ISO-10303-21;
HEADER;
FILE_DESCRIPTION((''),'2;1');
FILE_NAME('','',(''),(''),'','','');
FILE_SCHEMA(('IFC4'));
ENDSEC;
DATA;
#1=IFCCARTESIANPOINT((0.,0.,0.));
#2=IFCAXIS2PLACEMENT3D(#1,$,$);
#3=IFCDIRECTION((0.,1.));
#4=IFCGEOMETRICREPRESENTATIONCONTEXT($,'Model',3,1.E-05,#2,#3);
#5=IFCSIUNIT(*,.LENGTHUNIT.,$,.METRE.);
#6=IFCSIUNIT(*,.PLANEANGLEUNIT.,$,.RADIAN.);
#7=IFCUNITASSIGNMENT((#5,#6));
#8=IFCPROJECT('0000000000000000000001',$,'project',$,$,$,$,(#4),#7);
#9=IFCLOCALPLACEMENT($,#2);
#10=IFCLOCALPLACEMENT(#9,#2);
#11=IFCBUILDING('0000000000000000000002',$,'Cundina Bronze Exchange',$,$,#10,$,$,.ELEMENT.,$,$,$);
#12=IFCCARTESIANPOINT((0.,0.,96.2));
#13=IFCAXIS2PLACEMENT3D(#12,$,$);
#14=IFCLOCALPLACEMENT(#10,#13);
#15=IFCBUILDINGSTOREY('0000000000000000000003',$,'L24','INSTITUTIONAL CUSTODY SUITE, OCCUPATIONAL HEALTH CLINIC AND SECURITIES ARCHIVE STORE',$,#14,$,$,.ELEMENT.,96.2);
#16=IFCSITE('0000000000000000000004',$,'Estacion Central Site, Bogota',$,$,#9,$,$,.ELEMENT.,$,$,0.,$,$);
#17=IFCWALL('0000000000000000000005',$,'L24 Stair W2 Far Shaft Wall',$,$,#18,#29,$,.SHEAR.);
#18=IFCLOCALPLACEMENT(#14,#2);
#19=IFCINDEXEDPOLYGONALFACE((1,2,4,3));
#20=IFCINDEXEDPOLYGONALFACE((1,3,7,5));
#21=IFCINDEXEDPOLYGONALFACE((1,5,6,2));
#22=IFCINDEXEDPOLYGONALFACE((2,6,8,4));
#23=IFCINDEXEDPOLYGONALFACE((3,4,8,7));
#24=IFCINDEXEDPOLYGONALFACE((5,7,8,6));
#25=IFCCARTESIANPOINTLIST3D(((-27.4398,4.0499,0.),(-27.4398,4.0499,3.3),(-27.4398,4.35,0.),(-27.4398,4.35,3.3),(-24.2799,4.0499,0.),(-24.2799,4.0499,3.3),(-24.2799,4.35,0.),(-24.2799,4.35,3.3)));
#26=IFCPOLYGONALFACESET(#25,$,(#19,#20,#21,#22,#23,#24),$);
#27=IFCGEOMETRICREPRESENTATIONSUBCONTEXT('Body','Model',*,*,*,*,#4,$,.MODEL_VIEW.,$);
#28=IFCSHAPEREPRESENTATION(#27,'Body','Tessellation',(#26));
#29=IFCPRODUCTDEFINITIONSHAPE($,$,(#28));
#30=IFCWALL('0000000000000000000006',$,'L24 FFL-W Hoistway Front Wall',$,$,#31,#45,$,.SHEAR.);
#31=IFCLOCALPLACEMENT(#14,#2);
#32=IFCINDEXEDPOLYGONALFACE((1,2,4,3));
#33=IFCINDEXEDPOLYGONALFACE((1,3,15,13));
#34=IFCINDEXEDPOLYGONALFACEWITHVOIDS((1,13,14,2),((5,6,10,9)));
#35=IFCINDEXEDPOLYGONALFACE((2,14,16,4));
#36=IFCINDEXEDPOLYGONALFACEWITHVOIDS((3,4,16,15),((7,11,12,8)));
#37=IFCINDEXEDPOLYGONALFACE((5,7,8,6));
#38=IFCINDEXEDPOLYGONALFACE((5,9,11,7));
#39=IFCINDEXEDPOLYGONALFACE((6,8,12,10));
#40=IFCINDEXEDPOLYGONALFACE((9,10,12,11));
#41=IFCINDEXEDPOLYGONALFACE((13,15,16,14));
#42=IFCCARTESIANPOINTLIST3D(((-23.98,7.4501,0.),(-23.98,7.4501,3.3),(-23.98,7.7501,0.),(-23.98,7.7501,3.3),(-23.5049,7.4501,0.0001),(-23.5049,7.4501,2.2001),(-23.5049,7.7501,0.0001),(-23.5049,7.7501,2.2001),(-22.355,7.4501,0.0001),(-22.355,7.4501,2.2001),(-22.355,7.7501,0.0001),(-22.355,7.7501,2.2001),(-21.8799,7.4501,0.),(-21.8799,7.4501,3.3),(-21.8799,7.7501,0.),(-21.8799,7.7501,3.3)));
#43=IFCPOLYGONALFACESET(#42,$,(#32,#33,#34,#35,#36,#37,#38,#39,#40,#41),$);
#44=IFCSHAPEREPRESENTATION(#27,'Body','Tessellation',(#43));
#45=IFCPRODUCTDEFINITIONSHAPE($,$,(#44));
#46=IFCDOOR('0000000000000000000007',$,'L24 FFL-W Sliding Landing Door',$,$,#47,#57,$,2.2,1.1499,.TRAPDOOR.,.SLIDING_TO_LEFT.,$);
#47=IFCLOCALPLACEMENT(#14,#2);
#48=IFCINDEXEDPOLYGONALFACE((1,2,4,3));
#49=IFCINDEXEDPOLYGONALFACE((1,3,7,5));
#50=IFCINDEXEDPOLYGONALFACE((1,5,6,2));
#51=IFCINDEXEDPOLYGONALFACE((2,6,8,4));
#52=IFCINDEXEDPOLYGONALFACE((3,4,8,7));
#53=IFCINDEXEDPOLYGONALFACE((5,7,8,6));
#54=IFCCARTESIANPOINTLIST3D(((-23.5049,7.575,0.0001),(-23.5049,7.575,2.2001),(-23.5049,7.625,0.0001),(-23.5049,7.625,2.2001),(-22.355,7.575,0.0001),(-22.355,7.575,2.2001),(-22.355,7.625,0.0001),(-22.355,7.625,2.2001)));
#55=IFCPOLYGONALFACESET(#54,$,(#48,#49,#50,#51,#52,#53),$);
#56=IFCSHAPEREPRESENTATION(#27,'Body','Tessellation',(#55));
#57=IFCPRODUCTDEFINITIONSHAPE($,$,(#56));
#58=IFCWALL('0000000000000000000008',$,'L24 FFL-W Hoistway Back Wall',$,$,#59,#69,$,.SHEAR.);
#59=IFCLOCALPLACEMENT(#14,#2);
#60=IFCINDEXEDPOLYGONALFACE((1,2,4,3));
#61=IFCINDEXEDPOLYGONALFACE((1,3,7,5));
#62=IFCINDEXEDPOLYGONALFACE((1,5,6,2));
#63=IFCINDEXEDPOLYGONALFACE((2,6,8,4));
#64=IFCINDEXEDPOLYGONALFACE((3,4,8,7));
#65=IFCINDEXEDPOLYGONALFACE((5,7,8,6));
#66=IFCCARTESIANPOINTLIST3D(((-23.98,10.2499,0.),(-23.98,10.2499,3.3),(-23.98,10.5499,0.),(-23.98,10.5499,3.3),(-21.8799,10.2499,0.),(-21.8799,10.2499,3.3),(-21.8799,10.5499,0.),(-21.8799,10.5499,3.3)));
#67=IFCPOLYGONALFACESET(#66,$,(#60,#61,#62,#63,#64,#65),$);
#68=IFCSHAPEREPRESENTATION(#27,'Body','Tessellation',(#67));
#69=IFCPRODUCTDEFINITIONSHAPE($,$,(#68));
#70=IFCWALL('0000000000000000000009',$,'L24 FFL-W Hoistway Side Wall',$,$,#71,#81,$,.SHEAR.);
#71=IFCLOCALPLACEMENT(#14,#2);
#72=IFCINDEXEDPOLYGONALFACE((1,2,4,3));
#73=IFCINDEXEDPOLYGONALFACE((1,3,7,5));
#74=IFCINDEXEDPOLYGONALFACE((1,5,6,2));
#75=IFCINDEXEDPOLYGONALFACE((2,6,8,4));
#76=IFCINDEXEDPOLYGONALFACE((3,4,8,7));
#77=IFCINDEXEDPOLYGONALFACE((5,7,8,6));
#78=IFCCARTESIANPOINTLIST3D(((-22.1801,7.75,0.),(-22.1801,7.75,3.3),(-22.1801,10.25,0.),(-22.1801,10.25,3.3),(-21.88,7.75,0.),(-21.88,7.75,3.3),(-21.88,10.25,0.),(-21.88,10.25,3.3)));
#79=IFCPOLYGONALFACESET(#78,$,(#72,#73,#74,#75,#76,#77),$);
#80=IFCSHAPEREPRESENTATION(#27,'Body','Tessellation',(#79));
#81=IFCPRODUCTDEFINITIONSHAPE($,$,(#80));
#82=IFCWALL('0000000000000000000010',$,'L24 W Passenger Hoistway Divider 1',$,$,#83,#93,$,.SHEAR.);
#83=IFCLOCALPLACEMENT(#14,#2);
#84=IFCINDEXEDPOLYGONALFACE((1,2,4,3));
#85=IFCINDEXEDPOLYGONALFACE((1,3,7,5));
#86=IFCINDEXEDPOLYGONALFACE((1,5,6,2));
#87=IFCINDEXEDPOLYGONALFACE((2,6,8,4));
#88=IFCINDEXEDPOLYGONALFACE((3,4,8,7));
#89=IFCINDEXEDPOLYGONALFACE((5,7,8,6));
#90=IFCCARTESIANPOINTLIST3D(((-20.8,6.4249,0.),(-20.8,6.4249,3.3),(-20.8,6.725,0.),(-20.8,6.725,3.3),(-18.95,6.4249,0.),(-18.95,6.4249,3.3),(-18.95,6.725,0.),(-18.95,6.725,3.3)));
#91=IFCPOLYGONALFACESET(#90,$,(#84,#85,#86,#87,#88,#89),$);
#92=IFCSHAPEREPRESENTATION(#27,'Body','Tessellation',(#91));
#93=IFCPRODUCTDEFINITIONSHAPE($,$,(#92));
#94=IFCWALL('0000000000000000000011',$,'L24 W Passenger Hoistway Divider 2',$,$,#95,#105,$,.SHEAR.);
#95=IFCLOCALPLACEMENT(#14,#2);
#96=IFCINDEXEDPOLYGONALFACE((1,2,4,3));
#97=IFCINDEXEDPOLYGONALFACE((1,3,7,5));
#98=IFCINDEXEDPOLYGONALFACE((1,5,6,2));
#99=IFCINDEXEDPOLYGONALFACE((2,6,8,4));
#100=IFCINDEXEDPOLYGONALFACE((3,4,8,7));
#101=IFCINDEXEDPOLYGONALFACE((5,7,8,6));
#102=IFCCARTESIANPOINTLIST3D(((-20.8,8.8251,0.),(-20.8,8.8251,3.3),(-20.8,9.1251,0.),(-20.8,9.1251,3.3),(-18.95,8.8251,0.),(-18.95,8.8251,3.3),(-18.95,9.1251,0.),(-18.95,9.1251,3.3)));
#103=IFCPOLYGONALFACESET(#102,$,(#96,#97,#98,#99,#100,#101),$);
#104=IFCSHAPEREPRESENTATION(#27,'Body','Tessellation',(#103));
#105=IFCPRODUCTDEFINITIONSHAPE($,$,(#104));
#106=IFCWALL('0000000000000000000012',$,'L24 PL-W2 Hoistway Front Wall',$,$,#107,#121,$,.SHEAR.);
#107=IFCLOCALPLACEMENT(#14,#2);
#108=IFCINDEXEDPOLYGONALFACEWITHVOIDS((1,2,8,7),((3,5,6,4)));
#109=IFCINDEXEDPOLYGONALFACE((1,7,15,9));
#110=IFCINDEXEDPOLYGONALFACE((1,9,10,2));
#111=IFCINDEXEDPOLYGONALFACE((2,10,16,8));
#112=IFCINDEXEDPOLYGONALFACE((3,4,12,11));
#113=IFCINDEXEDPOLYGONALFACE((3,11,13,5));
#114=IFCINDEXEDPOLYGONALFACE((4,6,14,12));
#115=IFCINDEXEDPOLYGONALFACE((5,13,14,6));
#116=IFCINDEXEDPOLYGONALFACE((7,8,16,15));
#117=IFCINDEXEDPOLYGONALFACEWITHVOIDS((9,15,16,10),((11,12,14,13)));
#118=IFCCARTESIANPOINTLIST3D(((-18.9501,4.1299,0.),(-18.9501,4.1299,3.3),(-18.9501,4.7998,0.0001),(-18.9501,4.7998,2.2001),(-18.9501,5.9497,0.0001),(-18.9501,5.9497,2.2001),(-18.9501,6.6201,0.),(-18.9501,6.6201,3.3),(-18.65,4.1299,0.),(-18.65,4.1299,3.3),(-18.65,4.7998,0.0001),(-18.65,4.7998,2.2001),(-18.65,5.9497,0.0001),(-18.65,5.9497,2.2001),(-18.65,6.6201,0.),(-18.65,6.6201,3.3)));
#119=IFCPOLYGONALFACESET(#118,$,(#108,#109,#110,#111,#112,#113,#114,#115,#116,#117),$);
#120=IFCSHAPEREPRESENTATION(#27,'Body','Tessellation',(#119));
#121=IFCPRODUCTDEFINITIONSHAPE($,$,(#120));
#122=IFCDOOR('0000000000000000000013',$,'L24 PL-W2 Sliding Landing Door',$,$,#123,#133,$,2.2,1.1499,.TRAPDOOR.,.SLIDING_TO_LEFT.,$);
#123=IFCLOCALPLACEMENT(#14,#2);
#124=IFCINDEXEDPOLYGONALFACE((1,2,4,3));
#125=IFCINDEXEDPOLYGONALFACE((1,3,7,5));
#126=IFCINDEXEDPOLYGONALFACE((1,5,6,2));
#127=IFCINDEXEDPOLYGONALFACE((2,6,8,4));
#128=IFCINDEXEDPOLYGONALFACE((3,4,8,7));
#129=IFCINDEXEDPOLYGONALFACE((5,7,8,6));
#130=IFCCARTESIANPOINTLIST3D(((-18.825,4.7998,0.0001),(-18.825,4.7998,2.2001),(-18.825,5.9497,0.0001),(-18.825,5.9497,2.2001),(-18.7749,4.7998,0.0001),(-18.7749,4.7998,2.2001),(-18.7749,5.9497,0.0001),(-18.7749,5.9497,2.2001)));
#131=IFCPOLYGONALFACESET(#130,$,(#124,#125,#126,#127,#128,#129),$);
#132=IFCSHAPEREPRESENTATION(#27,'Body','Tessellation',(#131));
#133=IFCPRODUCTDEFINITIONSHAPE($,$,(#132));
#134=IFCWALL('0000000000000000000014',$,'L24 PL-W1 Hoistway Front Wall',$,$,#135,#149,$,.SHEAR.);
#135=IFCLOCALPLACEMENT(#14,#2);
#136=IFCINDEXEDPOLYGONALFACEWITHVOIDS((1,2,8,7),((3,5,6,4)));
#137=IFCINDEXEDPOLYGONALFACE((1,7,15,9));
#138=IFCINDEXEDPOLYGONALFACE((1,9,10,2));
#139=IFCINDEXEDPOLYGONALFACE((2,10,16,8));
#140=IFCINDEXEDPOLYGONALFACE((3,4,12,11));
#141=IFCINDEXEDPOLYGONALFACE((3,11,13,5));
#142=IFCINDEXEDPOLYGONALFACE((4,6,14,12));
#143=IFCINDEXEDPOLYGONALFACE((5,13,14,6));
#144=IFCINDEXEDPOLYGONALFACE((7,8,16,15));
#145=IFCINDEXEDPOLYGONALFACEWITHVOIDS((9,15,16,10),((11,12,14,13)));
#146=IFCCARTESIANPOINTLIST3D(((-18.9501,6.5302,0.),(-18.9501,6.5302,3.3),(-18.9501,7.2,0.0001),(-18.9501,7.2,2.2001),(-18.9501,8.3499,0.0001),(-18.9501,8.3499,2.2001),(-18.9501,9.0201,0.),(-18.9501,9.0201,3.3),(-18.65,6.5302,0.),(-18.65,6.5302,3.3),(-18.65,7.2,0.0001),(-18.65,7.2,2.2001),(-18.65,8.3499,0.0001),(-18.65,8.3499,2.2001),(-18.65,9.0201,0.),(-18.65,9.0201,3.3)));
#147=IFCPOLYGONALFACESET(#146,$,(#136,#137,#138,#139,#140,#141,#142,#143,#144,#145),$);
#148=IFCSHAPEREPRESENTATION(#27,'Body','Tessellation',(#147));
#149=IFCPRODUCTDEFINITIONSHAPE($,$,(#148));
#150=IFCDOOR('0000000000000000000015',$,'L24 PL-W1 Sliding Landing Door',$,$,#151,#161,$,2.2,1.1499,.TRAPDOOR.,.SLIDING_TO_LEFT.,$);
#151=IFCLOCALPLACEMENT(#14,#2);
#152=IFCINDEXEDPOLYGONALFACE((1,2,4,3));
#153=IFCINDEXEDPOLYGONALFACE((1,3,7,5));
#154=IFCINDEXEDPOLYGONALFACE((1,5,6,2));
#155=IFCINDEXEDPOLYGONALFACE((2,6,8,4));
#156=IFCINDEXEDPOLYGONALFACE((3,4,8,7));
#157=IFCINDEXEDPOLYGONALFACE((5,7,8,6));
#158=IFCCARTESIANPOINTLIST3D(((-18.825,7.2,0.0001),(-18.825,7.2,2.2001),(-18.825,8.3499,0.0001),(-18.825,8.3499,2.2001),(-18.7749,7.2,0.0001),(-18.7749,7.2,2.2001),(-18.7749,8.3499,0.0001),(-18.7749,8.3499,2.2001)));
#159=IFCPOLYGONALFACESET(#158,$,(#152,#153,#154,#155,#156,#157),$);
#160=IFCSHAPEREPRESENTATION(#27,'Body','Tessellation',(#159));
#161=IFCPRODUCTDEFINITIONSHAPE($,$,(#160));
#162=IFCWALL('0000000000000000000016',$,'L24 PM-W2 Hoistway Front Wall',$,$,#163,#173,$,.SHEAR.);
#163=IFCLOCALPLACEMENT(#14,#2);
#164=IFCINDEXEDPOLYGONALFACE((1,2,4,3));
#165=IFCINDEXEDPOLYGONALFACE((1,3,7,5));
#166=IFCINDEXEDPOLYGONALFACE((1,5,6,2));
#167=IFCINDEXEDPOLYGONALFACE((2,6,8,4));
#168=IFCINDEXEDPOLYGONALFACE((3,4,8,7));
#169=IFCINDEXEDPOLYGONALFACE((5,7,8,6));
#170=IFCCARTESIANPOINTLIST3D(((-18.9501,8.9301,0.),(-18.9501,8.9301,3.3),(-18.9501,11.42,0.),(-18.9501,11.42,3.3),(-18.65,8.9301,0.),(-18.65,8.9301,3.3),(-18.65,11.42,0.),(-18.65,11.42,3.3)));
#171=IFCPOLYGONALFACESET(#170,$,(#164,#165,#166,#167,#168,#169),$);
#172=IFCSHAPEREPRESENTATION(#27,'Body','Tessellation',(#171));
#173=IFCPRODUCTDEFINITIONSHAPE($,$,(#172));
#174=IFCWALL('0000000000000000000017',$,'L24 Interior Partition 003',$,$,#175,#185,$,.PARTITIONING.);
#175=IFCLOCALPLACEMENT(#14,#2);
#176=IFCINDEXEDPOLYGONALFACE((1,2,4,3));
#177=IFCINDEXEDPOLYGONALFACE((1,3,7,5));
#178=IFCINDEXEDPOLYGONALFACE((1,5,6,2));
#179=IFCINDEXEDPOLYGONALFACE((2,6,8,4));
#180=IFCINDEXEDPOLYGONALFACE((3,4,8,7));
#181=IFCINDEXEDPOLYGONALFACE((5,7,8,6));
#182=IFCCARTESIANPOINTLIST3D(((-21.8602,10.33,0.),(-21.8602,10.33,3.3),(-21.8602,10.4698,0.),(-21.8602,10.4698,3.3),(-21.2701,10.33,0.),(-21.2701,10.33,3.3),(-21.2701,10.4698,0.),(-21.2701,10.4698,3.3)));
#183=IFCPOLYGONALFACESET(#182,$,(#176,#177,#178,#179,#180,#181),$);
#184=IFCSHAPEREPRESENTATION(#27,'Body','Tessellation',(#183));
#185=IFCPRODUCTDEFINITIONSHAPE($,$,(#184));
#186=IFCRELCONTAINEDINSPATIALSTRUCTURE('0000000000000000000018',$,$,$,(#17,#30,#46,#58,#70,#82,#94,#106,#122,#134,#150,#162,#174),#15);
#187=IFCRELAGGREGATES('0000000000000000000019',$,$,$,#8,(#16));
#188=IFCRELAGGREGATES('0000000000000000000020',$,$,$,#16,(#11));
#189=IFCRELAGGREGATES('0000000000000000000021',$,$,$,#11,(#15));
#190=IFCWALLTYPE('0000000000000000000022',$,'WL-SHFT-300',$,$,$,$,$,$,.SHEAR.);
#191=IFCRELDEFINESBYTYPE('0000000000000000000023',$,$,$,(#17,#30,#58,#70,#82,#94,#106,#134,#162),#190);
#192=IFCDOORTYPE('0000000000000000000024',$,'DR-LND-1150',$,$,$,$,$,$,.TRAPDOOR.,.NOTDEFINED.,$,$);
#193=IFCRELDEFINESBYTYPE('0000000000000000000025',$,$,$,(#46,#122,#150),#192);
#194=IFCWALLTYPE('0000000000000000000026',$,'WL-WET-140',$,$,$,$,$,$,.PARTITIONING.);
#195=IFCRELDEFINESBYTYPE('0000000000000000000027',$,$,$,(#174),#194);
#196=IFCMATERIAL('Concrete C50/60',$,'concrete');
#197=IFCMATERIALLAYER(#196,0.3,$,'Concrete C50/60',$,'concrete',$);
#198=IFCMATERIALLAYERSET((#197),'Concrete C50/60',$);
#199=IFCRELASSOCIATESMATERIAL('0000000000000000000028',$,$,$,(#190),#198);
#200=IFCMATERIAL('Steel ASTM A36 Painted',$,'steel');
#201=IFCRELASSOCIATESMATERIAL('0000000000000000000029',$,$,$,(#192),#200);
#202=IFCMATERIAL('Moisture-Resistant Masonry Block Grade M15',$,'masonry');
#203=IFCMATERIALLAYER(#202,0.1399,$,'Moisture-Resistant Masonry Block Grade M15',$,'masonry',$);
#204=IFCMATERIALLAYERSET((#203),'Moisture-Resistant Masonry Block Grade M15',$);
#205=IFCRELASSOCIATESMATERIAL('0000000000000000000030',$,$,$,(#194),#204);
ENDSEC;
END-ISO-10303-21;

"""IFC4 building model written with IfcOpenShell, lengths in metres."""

from ifc_helpers import new_model, si_unit, direction, frame, frame_2d, origin, place, context, subcontext, project, spatial, rectangle, extrude, material, layer, layer_set, type_object, element, fill, save


model = new_model("IFC4")

# Units and contexts
model_context = context("Model", 3, precision=1e-05, world=origin(), true_north=direction((0.0, 1.0)))
body_context = subcontext(model_context, "Body", "Model", "MODEL_VIEW")
ifc_project = project(units=[si_unit("LENGTHUNIT", "METRE"), si_unit("PLANEANGLEUNIT", "RADIAN")], contexts=[model_context])

# Site, building, storey
site_placement = place(None, origin())
site = spatial("IfcSite", under=ifc_project, at=site_placement, Name="Estacion Central Site, Bogota", CompositionType="ELEMENT", RefElevation=0.0)
building_placement = place(site_placement, origin())
building = spatial("IfcBuilding", under=site, at=building_placement, Name="Cundina Bronze Exchange", CompositionType="ELEMENT")
storey_placement = place(building_placement, frame((0.0, 0.0, 96.2)))
storey = spatial("IfcBuildingStorey", under=building, at=storey_placement, Name="L24", Description="INSTITUTIONAL CUSTODY SUITE, OCCUPATIONAL HEALTH CLINIC AND SECURITIES ARCHIVE STORE", CompositionType="ELEMENT", Elevation=96.2)

# Wall
ifc_material_1 = material(Name="Concrete C50/60", Category="concrete")
ifc_layer_1 = layer(ifc_material_1, 0.3, Name="Concrete C50/60", Category="concrete")
ifc_layer_set_1 = layer_set([ifc_layer_1], Name="Concrete C50/60")
wall_type_1 = type_object("IfcWallType", Name="WL-SHFT-300", PredefinedType="SHEAR", material=ifc_layer_set_1)
wall_1_placement = place(storey_placement, frame((-27.4399, 4.2, 0.0), z_axis=(0.0, 0.0, 1.0), x_axis=(1.0, 0.0, 0.0)))
element("IfcWall", 1, at=wall_1_placement, inside=storey, type_object=wall_type_1, Name="L24 Stair W2 Far Shaft Wall", PredefinedType="SHEAR", context=body_context, shape_type="SweptSolid", body=[
    extrude(rectangle(XDim=3.1599, YDim=0.3, at=frame_2d((1.5801, 0.0))), origin(), (0.0, 0.0, 1.0), 3.3),
])

# Wall, opening, door
wall_2_placement = place(storey_placement, frame((-23.98, 7.6001, 0.0), z_axis=(0.0, 0.0, 1.0), x_axis=(1.0, 0.0, 0.0)))
wall_2 = element("IfcWall", 2, at=wall_2_placement, inside=storey, type_object=wall_type_1, Name="L24 FFL-W Hoistway Front Wall", PredefinedType="SHEAR", context=body_context, shape_type="SweptSolid", body=[
    extrude(rectangle(XDim=2.1001, YDim=0.3, at=frame_2d((1.05, 0.0))), origin(), (0.0, 0.0, 1.0), 3.3),
])
opening_1_placement = place(wall_2_placement, frame((0.4751, 0.0, 0.0)))
opening_1 = element("IfcOpeningElement", 3, at=opening_1_placement, cuts=wall_2, PredefinedType="OPENING", context=body_context, shape_type="SweptSolid", body=[
    extrude(rectangle(XDim=1.1499, YDim=2.2, at=frame_2d((0.575, 1.1001))), frame((0.0, 0.1599, 0.0), z_axis=(0.0, -1.0, 0.0), x_axis=(1.0, 0.0, 0.0)), (0.0, 0.0, 1.0), 0.3201),
])
ifc_material_2 = material(Name="Steel ASTM A36 Painted", Category="steel")
door_type = type_object("IfcDoorType", Name="DR-LND-1150", OperationType="NOTDEFINED", PredefinedType="TRAPDOOR", material=ifc_material_2)
door_1_placement = place(opening_1_placement, origin())
door_1 = element("IfcDoor", 4, at=door_1_placement, inside=storey, type_object=door_type, Name="L24 FFL-W Sliding Landing Door", OperationType="SLIDING_TO_LEFT", OverallHeight=2.2, OverallWidth=1.1499, PredefinedType="TRAPDOOR", context=body_context, shape_type="SweptSolid", body=[
    extrude(rectangle(XDim=1.1499, YDim=2.2, at=frame_2d((0.575, 1.1001))), frame((0.0, 0.0249, 0.0), z_axis=(0.0, -1.0, 0.0), x_axis=(1.0, 0.0, 0.0)), (0.0, 0.0, 1.0), 0.05),
])
fill(opening_1, door_1)

# Walls
wall_3_placement = place(storey_placement, frame((-23.98, 10.3999, 0.0), z_axis=(0.0, 0.0, 1.0), x_axis=(1.0, 0.0, 0.0)))
element("IfcWall", 5, at=wall_3_placement, inside=storey, type_object=wall_type_1, Name="L24 FFL-W Hoistway Back Wall", PredefinedType="SHEAR", context=body_context, shape_type="SweptSolid", body=[
    extrude(rectangle(XDim=2.1001, YDim=0.3, at=frame_2d((1.05, 0.0))), origin(), (0.0, 0.0, 1.0), 3.3),
])
wall_4_placement = place(storey_placement, frame((-22.03, 7.75, 0.0), z_axis=(0.0, 0.0, 1.0), x_axis=(0.0, 1.0, 0.0)))
element("IfcWall", 6, at=wall_4_placement, inside=storey, type_object=wall_type_1, Name="L24 FFL-W Hoistway Side Wall", PredefinedType="SHEAR", context=body_context, shape_type="SweptSolid", body=[
    extrude(rectangle(XDim=2.5, YDim=0.3, at=frame_2d((1.25, 0.0))), origin(), (0.0, 0.0, 1.0), 3.3),
])
for number, where, z_axis, x_axis, name in (
    (7, (-20.8, 6.575, 0.0), (0.0, 0.0, 1.0), (1.0, 0.0, 0.0), "L24 W Passenger Hoistway Divider 1"),
    (8, (-20.8, 8.9751, 0.0), (0.0, 0.0, 1.0), (1.0, 0.0, 0.0), "L24 W Passenger Hoistway Divider 2"),
):
    element("IfcWall", number, at=place(storey_placement, frame(where, z_axis=z_axis, x_axis=x_axis)), inside=storey, type_object=wall_type_1, Name=name, PredefinedType="SHEAR", context=body_context, shape_type="SweptSolid", body=[
        extrude(rectangle(XDim=1.8501, YDim=0.3, at=frame_2d((0.925, 0.0))), origin(), (0.0, 0.0, 1.0), 3.3),
    ])

# Walls, openings, doors
wall_5_placement = place(storey_placement, frame((-18.8, 4.1299, 0.0), z_axis=(0.0, 0.0, 1.0), x_axis=(0.0, 1.0, 0.0)))
wall_5 = element("IfcWall", 9, at=wall_5_placement, inside=storey, type_object=wall_type_1, Name="L24 PL-W2 Hoistway Front Wall", PredefinedType="SHEAR", context=body_context, shape_type="SweptSolid", body=[
    extrude(rectangle(XDim=2.4902, YDim=0.3, at=frame_2d((1.2451, 0.0))), origin(), (0.0, 0.0, 1.0), 3.3),
])
opening_2_placement = place(wall_5_placement, frame((0.6699, 0.0, 0.0)))
opening_2 = element("IfcOpeningElement", 10, at=opening_2_placement, cuts=wall_5, PredefinedType="OPENING", context=body_context, shape_type="SweptSolid", body=[
    extrude(rectangle(XDim=1.1499, YDim=2.2, at=frame_2d((0.575, 1.1001))), frame((0.0, 0.1599, 0.0), z_axis=(0.0, -1.0, 0.0), x_axis=(1.0, 0.0, 0.0)), (0.0, 0.0, 1.0), 0.3201),
])
door_2_placement = place(opening_2_placement, origin())
door_2 = element("IfcDoor", 11, at=door_2_placement, inside=storey, type_object=door_type, Name="L24 PL-W2 Sliding Landing Door", OperationType="SLIDING_TO_LEFT", OverallHeight=2.2, OverallWidth=1.1499, PredefinedType="TRAPDOOR", context=body_context, shape_type="SweptSolid", body=[
    extrude(rectangle(XDim=1.1499, YDim=2.2, at=frame_2d((0.575, 1.1001))), frame((0.0, 0.0249, 0.0), z_axis=(0.0, -1.0, 0.0), x_axis=(1.0, 0.0, 0.0)), (0.0, 0.0, 1.0), 0.05),
])
fill(opening_2, door_2)
wall_6_placement = place(storey_placement, frame((-18.8, 6.53, 0.0), z_axis=(0.0, 0.0, 1.0), x_axis=(0.0, 1.0, 0.0)))
wall_6 = element("IfcWall", 12, at=wall_6_placement, inside=storey, type_object=wall_type_1, Name="L24 PL-W1 Hoistway Front Wall", PredefinedType="SHEAR", context=body_context, shape_type="SweptSolid", body=[
    extrude(rectangle(XDim=2.49, YDim=0.3, at=frame_2d((1.2451, 0.0))), origin(), (0.0, 0.0, 1.0), 3.3),
])
opening_3_placement = place(wall_6_placement, frame((0.6699, 0.0, 0.0)))
opening_3 = element("IfcOpeningElement", 13, at=opening_3_placement, cuts=wall_6, PredefinedType="OPENING", context=body_context, shape_type="SweptSolid", body=[
    extrude(rectangle(XDim=1.1499, YDim=2.2, at=frame_2d((0.575, 1.1001))), frame((0.0, 0.1599, 0.0), z_axis=(0.0, -1.0, 0.0), x_axis=(1.0, 0.0, 0.0)), (0.0, 0.0, 1.0), 0.3201),
])
door_3_placement = place(opening_3_placement, origin())
door_3 = element("IfcDoor", 14, at=door_3_placement, inside=storey, type_object=door_type, Name="L24 PL-W1 Sliding Landing Door", OperationType="SLIDING_TO_LEFT", OverallHeight=2.2, OverallWidth=1.1499, PredefinedType="TRAPDOOR", context=body_context, shape_type="SweptSolid", body=[
    extrude(rectangle(XDim=1.1499, YDim=2.2, at=frame_2d((0.575, 1.1001))), frame((0.0, 0.0249, 0.0), z_axis=(0.0, -1.0, 0.0), x_axis=(1.0, 0.0, 0.0)), (0.0, 0.0, 1.0), 0.05),
])
fill(opening_3, door_3)

# Walls
wall_7_placement = place(storey_placement, frame((-18.8, 8.9299, 0.0), z_axis=(0.0, 0.0, 1.0), x_axis=(0.0, 1.0, 0.0)))
element("IfcWall", 15, at=wall_7_placement, inside=storey, type_object=wall_type_1, Name="L24 PM-W2 Hoistway Front Wall", PredefinedType="SHEAR", context=body_context, shape_type="SweptSolid", body=[
    extrude(rectangle(XDim=2.49, YDim=0.3, at=frame_2d((1.2451, 0.0))), origin(), (0.0, 0.0, 1.0), 3.3),
])
ifc_material_3 = material(Name="Moisture-Resistant Masonry Block Grade M15", Category="masonry")
ifc_layer_2 = layer(ifc_material_3, 0.1399, Name="Moisture-Resistant Masonry Block Grade M15", Category="masonry")
ifc_layer_set_2 = layer_set([ifc_layer_2], Name="Moisture-Resistant Masonry Block Grade M15")
wall_type_2 = type_object("IfcWallType", Name="WL-WET-140", PredefinedType="PARTITIONING", material=ifc_layer_set_2)
wall_8_placement = place(storey_placement, frame((-21.8601, 10.3999, 0.0), z_axis=(0.0, 0.0, 1.0), x_axis=(1.0, 0.0, 0.0)))
element("IfcWall", 16, at=wall_8_placement, inside=storey, type_object=wall_type_2, Name="L24 Interior Partition 003", PredefinedType="PARTITIONING", context=body_context, shape_type="SweptSolid", body=[
    extrude(rectangle(XDim=0.5901, YDim=0.1399, at=frame_2d((0.2949, 0.0))), origin(), (0.0, 0.0, 1.0), 3.3),
])

save(model, "model.ifc")
